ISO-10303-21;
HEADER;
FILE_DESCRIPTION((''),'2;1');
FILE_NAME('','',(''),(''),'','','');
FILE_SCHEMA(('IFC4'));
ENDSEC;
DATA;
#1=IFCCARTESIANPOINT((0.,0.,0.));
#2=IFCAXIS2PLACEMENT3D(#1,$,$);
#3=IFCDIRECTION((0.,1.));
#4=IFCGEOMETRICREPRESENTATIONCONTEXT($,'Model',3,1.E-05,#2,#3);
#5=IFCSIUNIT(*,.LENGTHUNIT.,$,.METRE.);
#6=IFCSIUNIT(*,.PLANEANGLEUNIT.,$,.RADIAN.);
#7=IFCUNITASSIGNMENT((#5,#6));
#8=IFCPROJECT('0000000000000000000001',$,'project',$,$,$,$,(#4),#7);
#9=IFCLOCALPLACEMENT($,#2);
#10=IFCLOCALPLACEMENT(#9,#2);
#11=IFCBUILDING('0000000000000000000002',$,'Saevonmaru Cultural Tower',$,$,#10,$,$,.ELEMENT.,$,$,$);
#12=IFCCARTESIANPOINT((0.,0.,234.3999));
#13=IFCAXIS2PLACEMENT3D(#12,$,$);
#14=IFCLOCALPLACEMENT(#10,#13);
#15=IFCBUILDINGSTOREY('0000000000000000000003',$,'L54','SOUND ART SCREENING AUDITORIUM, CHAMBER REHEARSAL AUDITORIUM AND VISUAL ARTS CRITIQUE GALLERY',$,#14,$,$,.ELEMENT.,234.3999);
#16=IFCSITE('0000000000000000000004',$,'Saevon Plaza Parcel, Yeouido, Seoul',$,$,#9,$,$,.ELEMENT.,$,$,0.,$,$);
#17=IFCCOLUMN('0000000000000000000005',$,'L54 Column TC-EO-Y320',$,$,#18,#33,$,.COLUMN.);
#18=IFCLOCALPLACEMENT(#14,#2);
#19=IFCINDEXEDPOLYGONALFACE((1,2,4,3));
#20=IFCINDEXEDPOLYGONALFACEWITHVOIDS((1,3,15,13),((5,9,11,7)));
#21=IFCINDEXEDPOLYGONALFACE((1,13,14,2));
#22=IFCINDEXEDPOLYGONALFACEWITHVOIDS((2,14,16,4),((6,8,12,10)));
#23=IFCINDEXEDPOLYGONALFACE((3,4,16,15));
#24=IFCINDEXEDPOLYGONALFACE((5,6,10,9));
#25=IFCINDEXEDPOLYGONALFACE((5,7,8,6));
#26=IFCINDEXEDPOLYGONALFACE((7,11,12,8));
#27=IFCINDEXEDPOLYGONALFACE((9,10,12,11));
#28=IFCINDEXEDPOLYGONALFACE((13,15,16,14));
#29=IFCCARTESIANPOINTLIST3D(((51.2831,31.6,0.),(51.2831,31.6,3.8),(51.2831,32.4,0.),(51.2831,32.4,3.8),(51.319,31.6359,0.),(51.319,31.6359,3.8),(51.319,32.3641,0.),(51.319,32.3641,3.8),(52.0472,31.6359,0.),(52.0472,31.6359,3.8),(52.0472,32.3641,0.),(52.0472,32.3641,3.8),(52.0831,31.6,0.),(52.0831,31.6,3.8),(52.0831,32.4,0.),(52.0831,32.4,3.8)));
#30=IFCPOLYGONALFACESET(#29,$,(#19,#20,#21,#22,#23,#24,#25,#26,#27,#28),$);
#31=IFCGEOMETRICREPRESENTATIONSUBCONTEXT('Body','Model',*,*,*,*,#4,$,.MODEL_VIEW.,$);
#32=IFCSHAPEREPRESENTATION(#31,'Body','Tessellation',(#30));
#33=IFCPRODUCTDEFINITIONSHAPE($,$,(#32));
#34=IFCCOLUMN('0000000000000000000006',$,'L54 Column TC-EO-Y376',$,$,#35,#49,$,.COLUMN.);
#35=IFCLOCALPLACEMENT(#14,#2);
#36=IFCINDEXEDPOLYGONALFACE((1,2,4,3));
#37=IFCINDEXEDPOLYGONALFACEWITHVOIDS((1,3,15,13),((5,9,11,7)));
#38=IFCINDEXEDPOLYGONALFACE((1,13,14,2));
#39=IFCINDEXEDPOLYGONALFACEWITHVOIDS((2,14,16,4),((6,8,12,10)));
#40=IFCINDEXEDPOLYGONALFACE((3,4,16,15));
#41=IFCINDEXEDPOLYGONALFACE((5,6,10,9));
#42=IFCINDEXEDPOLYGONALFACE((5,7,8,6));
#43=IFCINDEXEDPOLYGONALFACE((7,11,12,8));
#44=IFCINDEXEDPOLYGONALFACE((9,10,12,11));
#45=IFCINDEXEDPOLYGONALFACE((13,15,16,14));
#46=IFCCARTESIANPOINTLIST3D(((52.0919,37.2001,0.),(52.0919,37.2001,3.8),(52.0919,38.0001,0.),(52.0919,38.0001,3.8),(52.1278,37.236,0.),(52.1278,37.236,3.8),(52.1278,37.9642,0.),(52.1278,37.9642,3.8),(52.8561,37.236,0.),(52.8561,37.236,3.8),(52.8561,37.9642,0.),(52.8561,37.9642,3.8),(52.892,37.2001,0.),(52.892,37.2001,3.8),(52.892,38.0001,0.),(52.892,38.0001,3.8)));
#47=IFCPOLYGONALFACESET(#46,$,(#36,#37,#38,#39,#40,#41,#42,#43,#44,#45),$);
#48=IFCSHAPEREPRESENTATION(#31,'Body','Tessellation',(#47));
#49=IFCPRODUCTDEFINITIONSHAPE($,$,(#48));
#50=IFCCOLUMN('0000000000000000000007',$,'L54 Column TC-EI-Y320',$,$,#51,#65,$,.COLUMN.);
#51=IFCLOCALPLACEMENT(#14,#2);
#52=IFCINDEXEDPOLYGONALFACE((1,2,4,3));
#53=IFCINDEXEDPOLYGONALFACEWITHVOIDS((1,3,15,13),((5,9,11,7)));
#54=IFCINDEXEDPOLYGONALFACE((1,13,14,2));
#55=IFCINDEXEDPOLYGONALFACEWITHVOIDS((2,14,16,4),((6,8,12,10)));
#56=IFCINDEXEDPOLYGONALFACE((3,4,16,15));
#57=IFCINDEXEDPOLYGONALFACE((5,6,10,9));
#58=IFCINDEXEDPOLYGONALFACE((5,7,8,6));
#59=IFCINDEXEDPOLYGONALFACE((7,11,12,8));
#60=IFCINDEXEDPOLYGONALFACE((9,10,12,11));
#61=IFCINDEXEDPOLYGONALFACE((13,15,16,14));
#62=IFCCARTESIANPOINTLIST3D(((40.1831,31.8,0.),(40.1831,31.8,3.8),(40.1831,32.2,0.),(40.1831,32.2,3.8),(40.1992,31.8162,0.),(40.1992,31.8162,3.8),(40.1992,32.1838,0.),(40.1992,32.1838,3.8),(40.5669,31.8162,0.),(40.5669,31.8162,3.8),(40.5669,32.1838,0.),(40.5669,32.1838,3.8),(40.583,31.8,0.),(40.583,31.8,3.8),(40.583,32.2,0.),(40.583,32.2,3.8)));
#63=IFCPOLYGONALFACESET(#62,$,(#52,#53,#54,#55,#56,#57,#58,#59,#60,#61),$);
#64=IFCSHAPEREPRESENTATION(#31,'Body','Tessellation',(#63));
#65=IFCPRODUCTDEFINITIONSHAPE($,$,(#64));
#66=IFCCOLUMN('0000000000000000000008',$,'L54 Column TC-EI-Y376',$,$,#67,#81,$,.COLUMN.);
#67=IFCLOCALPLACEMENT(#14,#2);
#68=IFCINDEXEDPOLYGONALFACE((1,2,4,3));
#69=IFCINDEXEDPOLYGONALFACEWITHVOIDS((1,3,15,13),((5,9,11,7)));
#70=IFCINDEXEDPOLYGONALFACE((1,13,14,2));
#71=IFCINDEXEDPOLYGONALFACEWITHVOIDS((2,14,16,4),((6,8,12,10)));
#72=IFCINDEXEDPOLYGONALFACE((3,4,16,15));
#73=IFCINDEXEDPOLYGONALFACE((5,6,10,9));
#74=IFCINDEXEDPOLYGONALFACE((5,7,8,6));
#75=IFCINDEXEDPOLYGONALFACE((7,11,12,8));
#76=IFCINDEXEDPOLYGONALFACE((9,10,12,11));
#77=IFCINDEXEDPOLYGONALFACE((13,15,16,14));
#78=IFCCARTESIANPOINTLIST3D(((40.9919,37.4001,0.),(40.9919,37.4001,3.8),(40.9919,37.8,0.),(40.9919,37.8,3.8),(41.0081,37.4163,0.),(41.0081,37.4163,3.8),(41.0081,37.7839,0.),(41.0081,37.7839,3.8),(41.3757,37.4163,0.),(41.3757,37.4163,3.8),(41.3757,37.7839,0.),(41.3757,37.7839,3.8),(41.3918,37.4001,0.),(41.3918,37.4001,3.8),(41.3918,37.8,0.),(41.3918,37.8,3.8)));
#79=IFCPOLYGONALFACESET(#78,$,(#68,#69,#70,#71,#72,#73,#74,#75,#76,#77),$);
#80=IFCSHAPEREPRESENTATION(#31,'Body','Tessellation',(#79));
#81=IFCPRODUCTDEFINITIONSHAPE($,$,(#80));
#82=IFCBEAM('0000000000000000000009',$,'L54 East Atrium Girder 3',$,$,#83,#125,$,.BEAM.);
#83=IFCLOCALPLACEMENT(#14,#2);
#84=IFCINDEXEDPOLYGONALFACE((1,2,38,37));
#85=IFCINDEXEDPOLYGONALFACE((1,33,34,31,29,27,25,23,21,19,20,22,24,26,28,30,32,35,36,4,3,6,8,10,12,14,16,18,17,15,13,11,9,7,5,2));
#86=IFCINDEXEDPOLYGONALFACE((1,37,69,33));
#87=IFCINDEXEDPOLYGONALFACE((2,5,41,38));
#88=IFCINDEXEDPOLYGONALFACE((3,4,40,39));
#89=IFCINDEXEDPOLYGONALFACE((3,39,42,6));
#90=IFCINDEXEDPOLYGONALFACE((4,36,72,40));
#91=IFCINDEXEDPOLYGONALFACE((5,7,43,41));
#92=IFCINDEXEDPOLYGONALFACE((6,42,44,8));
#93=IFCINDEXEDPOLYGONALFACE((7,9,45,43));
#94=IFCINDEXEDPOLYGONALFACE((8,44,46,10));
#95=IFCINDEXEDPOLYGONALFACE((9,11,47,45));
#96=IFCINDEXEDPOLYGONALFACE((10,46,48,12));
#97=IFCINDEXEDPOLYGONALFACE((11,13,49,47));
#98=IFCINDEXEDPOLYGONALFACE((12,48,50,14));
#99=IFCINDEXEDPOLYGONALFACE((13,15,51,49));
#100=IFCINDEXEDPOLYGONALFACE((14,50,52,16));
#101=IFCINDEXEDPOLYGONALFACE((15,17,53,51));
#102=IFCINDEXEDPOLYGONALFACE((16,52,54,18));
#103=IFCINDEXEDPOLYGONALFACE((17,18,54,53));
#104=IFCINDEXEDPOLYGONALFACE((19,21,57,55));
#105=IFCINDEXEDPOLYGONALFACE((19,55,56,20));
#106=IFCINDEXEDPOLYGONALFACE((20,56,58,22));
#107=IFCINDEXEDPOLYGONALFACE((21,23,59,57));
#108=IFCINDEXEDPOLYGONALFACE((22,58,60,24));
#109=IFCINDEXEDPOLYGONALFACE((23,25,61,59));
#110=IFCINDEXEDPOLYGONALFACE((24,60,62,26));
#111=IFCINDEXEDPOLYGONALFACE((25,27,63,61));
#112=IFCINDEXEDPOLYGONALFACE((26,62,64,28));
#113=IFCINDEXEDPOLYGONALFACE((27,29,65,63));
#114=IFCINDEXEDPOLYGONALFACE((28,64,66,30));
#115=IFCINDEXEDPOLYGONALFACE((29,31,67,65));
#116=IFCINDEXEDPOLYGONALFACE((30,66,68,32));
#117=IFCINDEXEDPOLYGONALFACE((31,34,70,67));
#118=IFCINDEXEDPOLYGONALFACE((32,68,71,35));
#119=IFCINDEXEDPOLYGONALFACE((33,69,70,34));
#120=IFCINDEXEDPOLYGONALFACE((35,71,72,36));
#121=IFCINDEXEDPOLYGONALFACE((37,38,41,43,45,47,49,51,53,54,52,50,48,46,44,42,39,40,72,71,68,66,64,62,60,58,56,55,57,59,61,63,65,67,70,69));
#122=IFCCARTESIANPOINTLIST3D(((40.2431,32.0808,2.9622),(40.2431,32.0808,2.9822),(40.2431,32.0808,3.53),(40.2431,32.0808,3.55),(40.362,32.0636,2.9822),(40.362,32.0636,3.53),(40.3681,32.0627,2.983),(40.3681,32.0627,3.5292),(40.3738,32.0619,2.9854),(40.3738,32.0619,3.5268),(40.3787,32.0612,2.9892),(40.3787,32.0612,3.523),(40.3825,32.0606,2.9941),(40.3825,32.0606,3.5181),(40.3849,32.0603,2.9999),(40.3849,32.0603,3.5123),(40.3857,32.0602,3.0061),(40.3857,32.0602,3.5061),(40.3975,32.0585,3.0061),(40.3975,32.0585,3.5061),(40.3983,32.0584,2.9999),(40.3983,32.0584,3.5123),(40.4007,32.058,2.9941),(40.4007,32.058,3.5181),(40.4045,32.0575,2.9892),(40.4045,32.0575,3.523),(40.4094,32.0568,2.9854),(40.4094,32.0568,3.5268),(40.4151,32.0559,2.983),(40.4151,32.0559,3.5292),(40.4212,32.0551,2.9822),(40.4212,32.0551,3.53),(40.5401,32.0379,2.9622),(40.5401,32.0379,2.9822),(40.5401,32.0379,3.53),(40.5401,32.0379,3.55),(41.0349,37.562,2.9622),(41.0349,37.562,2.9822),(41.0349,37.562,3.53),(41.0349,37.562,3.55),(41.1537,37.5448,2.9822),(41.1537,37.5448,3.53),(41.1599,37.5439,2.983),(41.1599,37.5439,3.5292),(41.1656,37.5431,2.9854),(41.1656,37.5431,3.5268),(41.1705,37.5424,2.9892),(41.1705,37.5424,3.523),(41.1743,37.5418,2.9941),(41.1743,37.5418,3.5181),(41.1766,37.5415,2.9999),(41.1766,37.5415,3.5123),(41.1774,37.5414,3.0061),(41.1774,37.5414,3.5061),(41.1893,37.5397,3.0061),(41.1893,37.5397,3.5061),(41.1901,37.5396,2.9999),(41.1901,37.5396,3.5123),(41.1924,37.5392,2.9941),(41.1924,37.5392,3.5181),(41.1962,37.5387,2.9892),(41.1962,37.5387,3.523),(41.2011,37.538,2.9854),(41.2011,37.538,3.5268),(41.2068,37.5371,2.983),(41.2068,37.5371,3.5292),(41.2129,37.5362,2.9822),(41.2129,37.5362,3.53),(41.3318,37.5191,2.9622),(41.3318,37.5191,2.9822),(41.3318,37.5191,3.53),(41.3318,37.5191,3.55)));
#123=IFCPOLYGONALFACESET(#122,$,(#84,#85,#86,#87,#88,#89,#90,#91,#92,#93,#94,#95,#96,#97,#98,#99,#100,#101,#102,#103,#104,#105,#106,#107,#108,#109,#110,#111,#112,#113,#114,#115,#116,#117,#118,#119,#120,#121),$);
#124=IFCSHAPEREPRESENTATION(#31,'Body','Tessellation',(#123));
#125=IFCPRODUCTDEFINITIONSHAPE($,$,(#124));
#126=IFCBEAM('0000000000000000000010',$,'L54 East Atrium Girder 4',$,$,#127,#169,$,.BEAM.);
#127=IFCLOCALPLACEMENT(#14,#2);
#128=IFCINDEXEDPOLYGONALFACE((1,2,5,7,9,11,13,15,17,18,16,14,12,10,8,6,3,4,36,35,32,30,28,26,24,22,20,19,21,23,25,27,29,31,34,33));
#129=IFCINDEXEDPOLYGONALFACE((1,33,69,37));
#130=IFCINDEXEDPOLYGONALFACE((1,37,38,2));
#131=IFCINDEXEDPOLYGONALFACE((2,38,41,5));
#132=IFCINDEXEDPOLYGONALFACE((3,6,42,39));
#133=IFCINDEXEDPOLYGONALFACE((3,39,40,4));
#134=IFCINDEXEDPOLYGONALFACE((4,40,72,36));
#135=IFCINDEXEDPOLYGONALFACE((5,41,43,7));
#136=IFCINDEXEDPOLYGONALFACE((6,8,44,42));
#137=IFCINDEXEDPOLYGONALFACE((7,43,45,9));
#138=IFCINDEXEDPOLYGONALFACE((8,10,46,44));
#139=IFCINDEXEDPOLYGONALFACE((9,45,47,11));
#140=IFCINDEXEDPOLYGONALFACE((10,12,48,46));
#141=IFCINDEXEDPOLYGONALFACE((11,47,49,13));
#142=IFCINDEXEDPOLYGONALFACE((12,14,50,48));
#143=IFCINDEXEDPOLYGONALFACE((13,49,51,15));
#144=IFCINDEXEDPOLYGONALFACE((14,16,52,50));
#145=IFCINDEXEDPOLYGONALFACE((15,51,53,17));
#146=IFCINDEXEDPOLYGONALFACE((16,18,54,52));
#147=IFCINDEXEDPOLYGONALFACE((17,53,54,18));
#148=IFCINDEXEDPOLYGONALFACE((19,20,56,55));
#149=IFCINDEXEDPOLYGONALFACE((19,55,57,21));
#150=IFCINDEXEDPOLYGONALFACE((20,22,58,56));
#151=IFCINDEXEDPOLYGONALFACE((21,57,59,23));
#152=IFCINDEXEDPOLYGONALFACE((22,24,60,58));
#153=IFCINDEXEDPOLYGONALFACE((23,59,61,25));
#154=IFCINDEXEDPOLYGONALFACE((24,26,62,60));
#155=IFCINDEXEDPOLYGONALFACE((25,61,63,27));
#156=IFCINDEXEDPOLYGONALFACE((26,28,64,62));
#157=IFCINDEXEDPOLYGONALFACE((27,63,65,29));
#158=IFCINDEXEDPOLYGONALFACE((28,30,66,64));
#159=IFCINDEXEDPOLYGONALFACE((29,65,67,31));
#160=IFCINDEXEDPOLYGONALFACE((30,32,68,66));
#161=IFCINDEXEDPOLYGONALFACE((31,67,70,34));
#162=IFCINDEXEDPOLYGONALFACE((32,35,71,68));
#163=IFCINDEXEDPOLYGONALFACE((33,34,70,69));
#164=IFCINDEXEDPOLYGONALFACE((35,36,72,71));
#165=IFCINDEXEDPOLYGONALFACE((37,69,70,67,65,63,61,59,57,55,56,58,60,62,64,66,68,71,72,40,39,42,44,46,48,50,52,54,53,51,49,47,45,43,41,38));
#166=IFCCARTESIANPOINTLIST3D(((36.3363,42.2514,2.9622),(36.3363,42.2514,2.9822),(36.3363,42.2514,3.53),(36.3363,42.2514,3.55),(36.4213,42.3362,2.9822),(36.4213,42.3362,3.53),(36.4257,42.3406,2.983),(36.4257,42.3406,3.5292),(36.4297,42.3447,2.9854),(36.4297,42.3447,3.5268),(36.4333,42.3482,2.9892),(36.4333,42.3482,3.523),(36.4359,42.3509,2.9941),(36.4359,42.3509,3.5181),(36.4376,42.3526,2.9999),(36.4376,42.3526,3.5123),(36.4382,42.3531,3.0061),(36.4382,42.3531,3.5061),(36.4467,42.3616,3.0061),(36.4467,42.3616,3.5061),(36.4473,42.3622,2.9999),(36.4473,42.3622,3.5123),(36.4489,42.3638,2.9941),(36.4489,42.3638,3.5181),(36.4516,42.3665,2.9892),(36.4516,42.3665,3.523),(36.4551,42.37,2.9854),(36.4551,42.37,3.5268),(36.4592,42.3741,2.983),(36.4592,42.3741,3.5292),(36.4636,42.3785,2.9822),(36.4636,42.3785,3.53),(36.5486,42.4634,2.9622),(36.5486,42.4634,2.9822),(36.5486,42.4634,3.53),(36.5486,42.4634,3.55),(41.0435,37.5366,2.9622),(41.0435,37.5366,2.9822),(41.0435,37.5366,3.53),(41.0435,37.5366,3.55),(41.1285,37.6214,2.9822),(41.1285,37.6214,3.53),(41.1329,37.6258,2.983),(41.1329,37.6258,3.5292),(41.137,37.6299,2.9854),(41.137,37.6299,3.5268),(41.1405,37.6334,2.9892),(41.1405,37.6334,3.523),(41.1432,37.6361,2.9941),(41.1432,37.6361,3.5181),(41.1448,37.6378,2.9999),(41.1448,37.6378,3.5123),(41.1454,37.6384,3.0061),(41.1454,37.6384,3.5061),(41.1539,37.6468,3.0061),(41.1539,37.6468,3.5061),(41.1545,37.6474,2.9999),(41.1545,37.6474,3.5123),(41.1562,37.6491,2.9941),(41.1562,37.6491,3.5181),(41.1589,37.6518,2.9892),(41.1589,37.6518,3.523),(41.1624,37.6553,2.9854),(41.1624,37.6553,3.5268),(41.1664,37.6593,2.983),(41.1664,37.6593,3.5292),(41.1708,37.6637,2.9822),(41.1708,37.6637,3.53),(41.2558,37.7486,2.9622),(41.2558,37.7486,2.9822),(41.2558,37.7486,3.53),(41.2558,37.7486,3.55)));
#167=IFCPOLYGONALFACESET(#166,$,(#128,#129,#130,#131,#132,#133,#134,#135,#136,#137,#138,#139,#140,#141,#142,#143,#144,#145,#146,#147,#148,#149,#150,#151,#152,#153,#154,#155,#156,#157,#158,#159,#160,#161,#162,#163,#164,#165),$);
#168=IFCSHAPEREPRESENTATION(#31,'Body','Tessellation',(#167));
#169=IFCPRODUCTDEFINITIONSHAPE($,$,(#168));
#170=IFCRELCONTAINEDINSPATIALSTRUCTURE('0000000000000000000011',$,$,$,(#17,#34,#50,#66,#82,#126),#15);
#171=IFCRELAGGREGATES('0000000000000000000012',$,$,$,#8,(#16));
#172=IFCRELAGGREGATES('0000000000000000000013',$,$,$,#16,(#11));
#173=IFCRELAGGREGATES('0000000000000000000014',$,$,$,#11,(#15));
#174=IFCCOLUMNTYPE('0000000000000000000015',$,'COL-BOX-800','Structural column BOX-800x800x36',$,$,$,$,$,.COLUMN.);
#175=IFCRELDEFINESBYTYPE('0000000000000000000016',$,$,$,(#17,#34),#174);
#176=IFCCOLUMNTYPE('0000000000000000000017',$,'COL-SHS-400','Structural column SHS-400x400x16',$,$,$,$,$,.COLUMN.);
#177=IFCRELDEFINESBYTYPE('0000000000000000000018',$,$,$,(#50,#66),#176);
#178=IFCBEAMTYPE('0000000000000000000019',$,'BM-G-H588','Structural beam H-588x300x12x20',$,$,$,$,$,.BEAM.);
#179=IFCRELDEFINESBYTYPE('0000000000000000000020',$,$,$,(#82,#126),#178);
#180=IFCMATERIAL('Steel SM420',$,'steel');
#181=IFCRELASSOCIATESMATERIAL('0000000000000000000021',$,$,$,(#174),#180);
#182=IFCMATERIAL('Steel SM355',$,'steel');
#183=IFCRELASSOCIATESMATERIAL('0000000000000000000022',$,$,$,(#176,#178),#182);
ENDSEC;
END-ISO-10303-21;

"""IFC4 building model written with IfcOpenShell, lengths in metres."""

from ifc_helpers import new_model, si_unit, direction, frame, origin, origin_2d, place, context, subcontext, project, spatial, hollow_rectangle, i_section, extrude, material, material_profile, profile_set, type_object, element, save


model = new_model("IFC4")

# Units and contexts
model_context = context("Model", 3, precision=1e-05, world=origin(), true_north=direction((0.0, 1.0)))
body_context = subcontext(model_context, "Body", "Model", "MODEL_VIEW")
ifc_project = project(units=[si_unit("LENGTHUNIT", "METRE"), si_unit("PLANEANGLEUNIT", "RADIAN")], contexts=[model_context])

# Site, building, storey
site_placement = place(None, origin())
site = spatial("IfcSite", under=ifc_project, at=site_placement, Name="Saevon Plaza Parcel, Yeouido, Seoul", CompositionType="ELEMENT", RefElevation=0.0)
building_placement = place(site_placement, origin())
building = spatial("IfcBuilding", under=site, at=building_placement, Name="Saevonmaru Cultural Tower", CompositionType="ELEMENT")
storey_placement = place(building_placement, frame((0.0, 0.0, 234.3999)))
storey = spatial("IfcBuildingStorey", under=building, at=storey_placement, Name="L54", Description="SOUND ART SCREENING AUDITORIUM, CHAMBER REHEARSAL AUDITORIUM AND VISUAL ARTS CRITIQUE GALLERY", CompositionType="ELEMENT", Elevation=234.3999)

# Columns
ifc_material_1 = material(Name="Steel SM420", Category="steel")
ifc_material_profile_1 = material_profile(ifc_material_1, hollow_rectangle(XDim=0.8, YDim=0.8, WallThickness=0.0359, at=origin_2d()), Name="BOX-800x800x36")
ifc_profile_set_1 = profile_set([ifc_material_profile_1], Name="Steel SM420")
column_type_1 = type_object("IfcColumnType", Name="COL-BOX-800", Description="Structural column BOX-800x800x36", PredefinedType="COLUMN", material=ifc_profile_set_1)
for number, where, z_axis, x_axis, name in (
    (1, (51.6831, 32.0, 0.0), (0.0, 0.0, 1.0), (1.0, 0.0, 0.0), "L54 Column TC-EO-Y320"),
    (2, (52.4919, 37.6001, 0.0), (0.0, 0.0, 1.0), (1.0, 0.0, 0.0), "L54 Column TC-EO-Y376"),
):
    element("IfcColumn", number, at=place(storey_placement, frame(where, z_axis=z_axis, x_axis=x_axis)), inside=storey, type_object=column_type_1, Name=name, PredefinedType="COLUMN", context=body_context, shape_type="SweptSolid", body=[
        extrude(hollow_rectangle(XDim=0.8, YDim=0.8, WallThickness=0.0359, at=origin_2d()), origin(), (0.0, 0.0, 1.0), 3.8),
    ])
ifc_material_2 = material(Name="Steel SM355", Category="steel")
ifc_material_profile_2 = material_profile(ifc_material_2, hollow_rectangle(XDim=0.3999, YDim=0.3999, WallThickness=0.0161, at=origin_2d()), Name="SHS-400x400x16")
ifc_profile_set_2 = profile_set([ifc_material_profile_2], Name="Steel SM355")
column_type_2 = type_object("IfcColumnType", Name="COL-SHS-400", Description="Structural column SHS-400x400x16", PredefinedType="COLUMN", material=ifc_profile_set_2)
for number, where, z_axis, x_axis, name in (
    (3, (40.3831, 32.0, 0.0), (0.0, 0.0, 1.0), (1.0, 0.0, 0.0), "L54 Column TC-EI-Y320"),
    (4, (41.1919, 37.6001, 0.0), (0.0, 0.0, 1.0), (1.0, 0.0, 0.0), "L54 Column TC-EI-Y376"),
):
    element("IfcColumn", number, at=place(storey_placement, frame(where, z_axis=z_axis, x_axis=x_axis)), inside=storey, type_object=column_type_2, Name=name, PredefinedType="COLUMN", context=body_context, shape_type="SweptSolid", body=[
        extrude(hollow_rectangle(XDim=0.3999, YDim=0.3999, WallThickness=0.0161, at=origin_2d()), origin(), (0.0, 0.0, 1.0), 3.8),
    ])

# Beams
ifc_material_profile_3 = material_profile(ifc_material_2, i_section(OverallWidth=0.3, OverallDepth=0.5879, WebThickness=0.012, FlangeThickness=0.02, FilletRadius=0.0239, at=origin_2d()), Name="H-588x300x12x20")
ifc_profile_set_3 = profile_set([ifc_material_profile_3], Name="Steel SM355")
beam_type_1 = type_object("IfcBeamType", Name="BM-G-H588", Description="Structural beam H-588x300x12x20", PredefinedType="BEAM", material=ifc_profile_set_3)
beam_1_placement = place(storey_placement, frame((40.3916, 32.0593, 3.2561), z_axis=(0.142964, 0.989728, 0.0), x_axis=(-0.989728, 0.142964, 0.0)))
element("IfcBeam", 5, at=beam_1_placement, inside=storey, type_object=beam_type_1, Name="L54 East Atrium Girder 3", PredefinedType="BEAM", context=body_context, shape_type="SweptSolid", body=[
    extrude(i_section(OverallWidth=0.3, OverallDepth=0.5879, WebThickness=0.012, FlangeThickness=0.02, FilletRadius=0.0239, at=origin_2d()), origin(), (0.0, 0.0, 1.0), 5.5381),
])
beam_2_placement = place(storey_placement, frame((41.1497, 37.6426, 3.2561), z_axis=(-0.706539, 0.707675, 0.0), x_axis=(-0.707675, -0.706539, 0.0)))
element("IfcBeam", 6, at=beam_2_placement, inside=storey, type_object=beam_type_1, Name="L54 East Atrium Girder 4", PredefinedType="BEAM", context=body_context, shape_type="SweptSolid", body=[
    extrude(i_section(OverallWidth=0.3, OverallDepth=0.5879, WebThickness=0.012, FlangeThickness=0.02, FilletRadius=0.0239, at=origin_2d()), origin(), (0.0, 0.0, 1.0), 6.6624),
])

save(model, "model.ifc")
